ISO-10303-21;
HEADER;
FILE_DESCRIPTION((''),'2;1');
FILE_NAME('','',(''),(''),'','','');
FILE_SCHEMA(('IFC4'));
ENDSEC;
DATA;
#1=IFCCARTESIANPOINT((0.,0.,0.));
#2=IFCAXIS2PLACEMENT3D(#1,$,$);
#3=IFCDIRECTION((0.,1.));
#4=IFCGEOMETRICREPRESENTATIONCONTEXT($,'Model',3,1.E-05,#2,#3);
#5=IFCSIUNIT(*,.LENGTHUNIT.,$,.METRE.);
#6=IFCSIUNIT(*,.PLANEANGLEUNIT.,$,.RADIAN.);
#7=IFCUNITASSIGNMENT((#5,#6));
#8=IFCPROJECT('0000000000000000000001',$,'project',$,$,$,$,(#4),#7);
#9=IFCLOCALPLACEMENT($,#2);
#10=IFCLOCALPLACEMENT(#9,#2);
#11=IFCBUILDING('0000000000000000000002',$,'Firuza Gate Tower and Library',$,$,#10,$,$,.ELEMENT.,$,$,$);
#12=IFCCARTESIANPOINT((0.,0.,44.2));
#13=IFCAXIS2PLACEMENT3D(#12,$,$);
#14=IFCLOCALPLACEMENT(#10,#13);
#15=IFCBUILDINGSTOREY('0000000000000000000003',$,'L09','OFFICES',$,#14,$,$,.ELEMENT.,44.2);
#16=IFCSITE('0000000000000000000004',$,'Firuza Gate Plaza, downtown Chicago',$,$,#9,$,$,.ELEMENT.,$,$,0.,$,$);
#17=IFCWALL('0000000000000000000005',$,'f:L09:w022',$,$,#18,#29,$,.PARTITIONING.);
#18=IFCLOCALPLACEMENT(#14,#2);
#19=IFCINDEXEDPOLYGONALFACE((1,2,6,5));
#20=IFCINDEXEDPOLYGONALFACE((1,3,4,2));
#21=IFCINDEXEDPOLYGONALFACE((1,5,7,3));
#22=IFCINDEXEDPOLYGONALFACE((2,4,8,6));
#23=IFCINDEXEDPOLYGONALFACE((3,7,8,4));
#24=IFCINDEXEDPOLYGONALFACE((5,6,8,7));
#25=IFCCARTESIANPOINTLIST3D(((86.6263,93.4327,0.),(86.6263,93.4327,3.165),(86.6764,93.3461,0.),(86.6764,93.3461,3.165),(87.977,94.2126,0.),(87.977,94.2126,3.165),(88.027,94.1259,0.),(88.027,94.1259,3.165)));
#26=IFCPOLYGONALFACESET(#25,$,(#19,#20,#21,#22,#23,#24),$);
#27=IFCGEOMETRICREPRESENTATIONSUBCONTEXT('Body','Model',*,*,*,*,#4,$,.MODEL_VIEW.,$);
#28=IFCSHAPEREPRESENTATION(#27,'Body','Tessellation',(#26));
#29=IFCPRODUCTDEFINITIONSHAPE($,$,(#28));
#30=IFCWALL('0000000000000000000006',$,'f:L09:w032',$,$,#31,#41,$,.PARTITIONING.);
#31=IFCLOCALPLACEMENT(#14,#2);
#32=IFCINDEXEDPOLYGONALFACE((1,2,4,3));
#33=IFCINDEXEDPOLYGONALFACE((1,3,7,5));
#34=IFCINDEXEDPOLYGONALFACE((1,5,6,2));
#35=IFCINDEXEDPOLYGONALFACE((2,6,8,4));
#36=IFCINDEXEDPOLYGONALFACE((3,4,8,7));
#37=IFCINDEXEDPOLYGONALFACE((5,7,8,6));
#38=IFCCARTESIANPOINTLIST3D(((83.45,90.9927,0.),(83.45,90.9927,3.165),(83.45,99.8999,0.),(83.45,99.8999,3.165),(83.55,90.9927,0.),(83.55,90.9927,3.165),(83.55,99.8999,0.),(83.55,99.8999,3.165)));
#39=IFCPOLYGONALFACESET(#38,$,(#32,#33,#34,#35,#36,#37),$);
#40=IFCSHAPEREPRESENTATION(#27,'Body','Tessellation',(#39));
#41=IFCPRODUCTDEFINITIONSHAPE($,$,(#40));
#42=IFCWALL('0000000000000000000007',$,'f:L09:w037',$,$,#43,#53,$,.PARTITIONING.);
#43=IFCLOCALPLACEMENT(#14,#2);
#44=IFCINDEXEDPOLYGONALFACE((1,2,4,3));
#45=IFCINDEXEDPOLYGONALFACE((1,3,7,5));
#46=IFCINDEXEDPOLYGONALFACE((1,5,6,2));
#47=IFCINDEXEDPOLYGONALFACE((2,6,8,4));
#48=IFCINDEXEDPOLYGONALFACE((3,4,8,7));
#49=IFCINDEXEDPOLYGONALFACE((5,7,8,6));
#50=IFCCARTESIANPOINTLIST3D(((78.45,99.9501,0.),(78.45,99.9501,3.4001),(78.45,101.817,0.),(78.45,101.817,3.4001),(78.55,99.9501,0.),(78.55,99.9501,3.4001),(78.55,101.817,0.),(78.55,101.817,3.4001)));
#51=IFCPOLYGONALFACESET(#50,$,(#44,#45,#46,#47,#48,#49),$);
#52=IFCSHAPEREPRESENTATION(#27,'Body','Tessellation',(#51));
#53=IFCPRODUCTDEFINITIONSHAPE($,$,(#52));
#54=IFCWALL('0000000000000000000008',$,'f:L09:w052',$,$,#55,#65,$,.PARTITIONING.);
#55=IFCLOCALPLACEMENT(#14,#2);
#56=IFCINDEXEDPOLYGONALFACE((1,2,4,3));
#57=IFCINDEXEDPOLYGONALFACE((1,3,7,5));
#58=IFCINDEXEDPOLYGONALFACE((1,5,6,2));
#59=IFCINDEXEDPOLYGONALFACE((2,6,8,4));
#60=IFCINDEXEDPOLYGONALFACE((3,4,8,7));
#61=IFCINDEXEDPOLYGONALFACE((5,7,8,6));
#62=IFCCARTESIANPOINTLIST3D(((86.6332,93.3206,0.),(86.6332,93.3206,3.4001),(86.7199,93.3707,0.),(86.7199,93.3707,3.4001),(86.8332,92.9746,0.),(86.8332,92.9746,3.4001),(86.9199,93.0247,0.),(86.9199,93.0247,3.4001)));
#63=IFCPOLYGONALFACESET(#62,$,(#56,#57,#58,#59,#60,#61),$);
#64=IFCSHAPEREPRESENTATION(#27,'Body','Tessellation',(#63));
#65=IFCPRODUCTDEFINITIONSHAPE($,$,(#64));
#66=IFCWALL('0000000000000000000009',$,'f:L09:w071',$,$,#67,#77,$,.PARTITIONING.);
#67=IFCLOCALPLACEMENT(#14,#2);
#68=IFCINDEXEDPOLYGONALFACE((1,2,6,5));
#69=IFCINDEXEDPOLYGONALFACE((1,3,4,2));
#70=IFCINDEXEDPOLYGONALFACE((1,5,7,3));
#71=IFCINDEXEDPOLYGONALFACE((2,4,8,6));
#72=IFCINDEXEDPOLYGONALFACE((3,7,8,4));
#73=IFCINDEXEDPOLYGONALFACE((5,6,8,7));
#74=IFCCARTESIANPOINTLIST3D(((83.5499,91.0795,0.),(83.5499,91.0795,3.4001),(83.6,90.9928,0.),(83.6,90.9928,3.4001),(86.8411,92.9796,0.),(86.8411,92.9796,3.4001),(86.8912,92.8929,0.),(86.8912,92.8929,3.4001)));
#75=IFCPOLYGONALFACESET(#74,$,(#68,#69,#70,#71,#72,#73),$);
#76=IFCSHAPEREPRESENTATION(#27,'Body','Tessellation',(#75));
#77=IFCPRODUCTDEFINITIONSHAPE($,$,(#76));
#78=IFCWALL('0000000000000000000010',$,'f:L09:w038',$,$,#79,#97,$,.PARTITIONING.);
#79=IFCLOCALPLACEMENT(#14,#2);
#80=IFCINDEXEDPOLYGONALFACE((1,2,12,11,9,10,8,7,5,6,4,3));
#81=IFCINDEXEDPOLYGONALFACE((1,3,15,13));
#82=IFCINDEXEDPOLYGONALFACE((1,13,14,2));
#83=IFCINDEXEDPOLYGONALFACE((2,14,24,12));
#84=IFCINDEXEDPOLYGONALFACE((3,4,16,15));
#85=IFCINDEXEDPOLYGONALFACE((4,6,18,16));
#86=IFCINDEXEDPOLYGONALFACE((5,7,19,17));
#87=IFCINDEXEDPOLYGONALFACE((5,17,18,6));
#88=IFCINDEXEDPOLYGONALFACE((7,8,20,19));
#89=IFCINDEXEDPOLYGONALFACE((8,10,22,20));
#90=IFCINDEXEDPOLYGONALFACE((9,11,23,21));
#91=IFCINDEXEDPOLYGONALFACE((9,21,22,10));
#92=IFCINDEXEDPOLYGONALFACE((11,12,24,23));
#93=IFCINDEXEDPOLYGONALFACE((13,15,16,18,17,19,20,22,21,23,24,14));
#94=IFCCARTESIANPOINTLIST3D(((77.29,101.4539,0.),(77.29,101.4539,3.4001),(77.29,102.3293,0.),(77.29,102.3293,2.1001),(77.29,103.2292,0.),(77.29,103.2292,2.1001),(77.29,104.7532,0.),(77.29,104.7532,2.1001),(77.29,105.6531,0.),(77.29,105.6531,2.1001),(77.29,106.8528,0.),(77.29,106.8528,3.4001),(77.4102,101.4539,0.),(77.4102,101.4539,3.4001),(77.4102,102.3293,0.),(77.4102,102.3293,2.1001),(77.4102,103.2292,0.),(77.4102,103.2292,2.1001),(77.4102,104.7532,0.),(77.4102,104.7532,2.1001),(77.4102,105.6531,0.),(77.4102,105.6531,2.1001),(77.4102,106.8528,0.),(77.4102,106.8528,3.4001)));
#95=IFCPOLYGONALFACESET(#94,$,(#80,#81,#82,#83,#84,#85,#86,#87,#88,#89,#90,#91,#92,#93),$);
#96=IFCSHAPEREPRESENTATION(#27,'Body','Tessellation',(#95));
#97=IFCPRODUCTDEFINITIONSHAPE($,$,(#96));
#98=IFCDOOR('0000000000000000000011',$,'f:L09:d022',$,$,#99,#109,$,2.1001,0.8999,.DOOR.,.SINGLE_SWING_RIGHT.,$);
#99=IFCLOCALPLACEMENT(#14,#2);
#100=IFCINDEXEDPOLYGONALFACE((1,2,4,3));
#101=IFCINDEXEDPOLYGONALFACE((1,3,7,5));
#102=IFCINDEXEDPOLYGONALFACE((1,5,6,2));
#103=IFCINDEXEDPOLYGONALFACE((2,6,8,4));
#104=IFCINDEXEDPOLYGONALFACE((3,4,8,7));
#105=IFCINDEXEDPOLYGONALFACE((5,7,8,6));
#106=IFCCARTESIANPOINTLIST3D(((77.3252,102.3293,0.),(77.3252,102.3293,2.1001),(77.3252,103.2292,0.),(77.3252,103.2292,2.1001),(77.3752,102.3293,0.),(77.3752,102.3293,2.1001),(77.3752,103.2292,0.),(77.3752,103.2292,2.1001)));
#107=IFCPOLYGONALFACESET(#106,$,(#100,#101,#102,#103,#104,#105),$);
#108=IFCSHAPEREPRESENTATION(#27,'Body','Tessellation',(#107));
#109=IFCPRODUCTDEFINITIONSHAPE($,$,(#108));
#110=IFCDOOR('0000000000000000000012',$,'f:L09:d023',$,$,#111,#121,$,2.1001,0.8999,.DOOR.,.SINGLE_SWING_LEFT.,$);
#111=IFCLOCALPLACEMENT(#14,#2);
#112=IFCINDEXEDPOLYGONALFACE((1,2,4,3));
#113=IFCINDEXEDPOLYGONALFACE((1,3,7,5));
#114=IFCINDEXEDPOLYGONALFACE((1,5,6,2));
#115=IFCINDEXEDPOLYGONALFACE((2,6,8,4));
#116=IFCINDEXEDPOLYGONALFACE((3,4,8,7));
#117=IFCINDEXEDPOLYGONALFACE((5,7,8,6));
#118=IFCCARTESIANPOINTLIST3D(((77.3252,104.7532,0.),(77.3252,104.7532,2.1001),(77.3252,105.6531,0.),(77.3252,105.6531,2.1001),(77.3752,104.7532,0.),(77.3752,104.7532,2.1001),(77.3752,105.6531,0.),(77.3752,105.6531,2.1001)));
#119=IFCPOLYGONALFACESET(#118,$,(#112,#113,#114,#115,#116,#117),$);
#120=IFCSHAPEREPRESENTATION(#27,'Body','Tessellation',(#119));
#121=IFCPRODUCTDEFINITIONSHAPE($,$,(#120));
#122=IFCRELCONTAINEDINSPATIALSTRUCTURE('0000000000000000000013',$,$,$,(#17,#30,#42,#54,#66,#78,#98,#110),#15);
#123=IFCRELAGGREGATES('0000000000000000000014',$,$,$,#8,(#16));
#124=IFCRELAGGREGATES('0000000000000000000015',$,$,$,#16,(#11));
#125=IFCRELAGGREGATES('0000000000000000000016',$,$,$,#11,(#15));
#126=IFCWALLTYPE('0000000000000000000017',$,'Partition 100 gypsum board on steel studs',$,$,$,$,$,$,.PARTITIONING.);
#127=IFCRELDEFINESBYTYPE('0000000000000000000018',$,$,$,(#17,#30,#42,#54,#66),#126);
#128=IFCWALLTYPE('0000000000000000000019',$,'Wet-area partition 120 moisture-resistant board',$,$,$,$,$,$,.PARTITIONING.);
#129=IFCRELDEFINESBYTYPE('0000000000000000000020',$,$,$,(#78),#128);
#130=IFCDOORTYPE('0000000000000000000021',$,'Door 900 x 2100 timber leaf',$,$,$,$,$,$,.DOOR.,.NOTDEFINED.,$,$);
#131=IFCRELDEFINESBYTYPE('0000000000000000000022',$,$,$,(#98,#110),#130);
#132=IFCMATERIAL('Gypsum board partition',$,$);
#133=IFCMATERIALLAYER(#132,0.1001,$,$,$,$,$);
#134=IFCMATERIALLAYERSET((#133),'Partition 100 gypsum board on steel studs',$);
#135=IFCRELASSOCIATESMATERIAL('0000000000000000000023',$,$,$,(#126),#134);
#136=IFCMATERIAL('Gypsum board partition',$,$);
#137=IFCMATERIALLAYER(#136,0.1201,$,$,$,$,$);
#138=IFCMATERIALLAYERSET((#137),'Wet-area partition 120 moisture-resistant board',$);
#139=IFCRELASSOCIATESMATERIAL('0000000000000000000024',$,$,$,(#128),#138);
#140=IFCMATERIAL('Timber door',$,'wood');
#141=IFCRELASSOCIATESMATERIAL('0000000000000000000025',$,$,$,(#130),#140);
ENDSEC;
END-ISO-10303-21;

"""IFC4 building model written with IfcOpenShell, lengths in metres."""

from ifc_helpers import new_model, si_unit, direction, frame, frame_2d, origin, place, context, subcontext, project, spatial, rectangle, extrude, material, layer, layer_set, type_object, element, fill, save


model = new_model("IFC4")

# Units and contexts
model_context = context("Model", 3, precision=1e-05, world=origin(), true_north=direction((0.0, 1.0)))
body_context = subcontext(model_context, "Body", "Model", "MODEL_VIEW")
ifc_project = project(units=[si_unit("LENGTHUNIT", "METRE"), si_unit("PLANEANGLEUNIT", "RADIAN")], contexts=[model_context])

# Site, building, storey
site_placement = place(None, origin())
site = spatial("IfcSite", under=ifc_project, at=site_placement, Name="Firuza Gate Plaza, downtown Chicago", CompositionType="ELEMENT", RefElevation=0.0)
building_placement = place(site_placement, origin())
building = spatial("IfcBuilding", under=site, at=building_placement, Name="Firuza Gate Tower and Library", CompositionType="ELEMENT")
storey_placement = place(building_placement, frame((0.0, 0.0, 44.2)))
storey = spatial("IfcBuildingStorey", under=building, at=storey_placement, Name="L09", Description="OFFICES", CompositionType="ELEMENT", Elevation=44.2)

# Shared definitions
ifc_material_1 = material(Name="Gypsum board partition")
ifc_layer_1 = layer(ifc_material_1, 0.1001)
ifc_layer_set_1 = layer_set([ifc_layer_1], Name="Partition 100 gypsum board on steel studs")
wall_type_1 = type_object("IfcWallType", Name="Partition 100 gypsum board on steel studs", PredefinedType="PARTITIONING", material=ifc_layer_set_1)

# Walls
wall_1_placement = place(storey_placement, frame((86.6514, 93.3894, 0.0), z_axis=(0.0, 0.0, 1.0), x_axis=(0.866019, 0.500012, 0.0)))
element("IfcWall", 1, at=wall_1_placement, inside=storey, type_object=wall_type_1, Name="f:L09:w022", PredefinedType="PARTITIONING", context=body_context, shape_type="SweptSolid", body=[
    extrude(rectangle(XDim=1.5596, YDim=0.1001, at=frame_2d((0.7798, 0.0))), origin(), (0.0, 0.0, 1.0), 3.165),
])
wall_2_placement = place(storey_placement, frame((83.5, 90.9927, 0.0), z_axis=(0.0, 0.0, 1.0), x_axis=(0.0, 1.0, 0.0)))
element("IfcWall", 2, at=wall_2_placement, inside=storey, type_object=wall_type_1, Name="f:L09:w032", PredefinedType="PARTITIONING", context=body_context, shape_type="SweptSolid", body=[
    extrude(rectangle(XDim=8.9072, YDim=0.1001, at=frame_2d((4.4536, 0.0))), origin(), (0.0, 0.0, 1.0), 3.165),
])
wall_3_placement = place(storey_placement, frame((78.5, 99.95, 0.0), z_axis=(0.0, 0.0, 1.0), x_axis=(0.0, 1.0, 0.0)))
element("IfcWall", 3, at=wall_3_placement, inside=storey, type_object=wall_type_1, Name="f:L09:w037", PredefinedType="PARTITIONING", context=body_context, shape_type="SweptSolid", body=[
    extrude(rectangle(XDim=1.8669, YDim=0.1001, at=frame_2d((0.9336, 0.0))), origin(), (0.0, 0.0, 1.0), 3.4001),
])
wall_4_placement = place(storey_placement, frame((86.8765, 92.9998, 0.0), z_axis=(0.0, 0.0, 1.0), x_axis=(-0.50041, 0.865789, 0.0)))
element("IfcWall", 4, at=wall_4_placement, inside=storey, type_object=wall_type_1, Name="f:L09:w052", PredefinedType="PARTITIONING", context=body_context, shape_type="SweptSolid", body=[
    extrude(rectangle(XDim=0.3997, YDim=0.1001, at=frame_2d((0.1997, 0.0))), origin(), (0.0, 0.0, 1.0), 3.4001),
])
wall_5_placement = place(storey_placement, frame((83.575, 91.0361, 0.0), z_axis=(0.0, 0.0, 1.0), x_axis=(0.866033, 0.499988, 0.0)))
element("IfcWall", 5, at=wall_5_placement, inside=storey, type_object=wall_type_1, Name="f:L09:w071", PredefinedType="PARTITIONING", context=body_context, shape_type="SweptSolid", body=[
    extrude(rectangle(XDim=3.8003, YDim=0.1001, at=frame_2d((1.9001, 0.0))), origin(), (0.0, 0.0, 1.0), 3.4001),
])

# Wall, openings, doors
ifc_material_2 = material(Name="Gypsum board partition")
ifc_layer_2 = layer(ifc_material_2, 0.1201)
ifc_layer_set_2 = layer_set([ifc_layer_2], Name="Wet-area partition 120 moisture-resistant board")
wall_type_2 = type_object("IfcWallType", Name="Wet-area partition 120 moisture-resistant board", PredefinedType="PARTITIONING", material=ifc_layer_set_2)
wall_6_placement = place(storey_placement, frame((77.3501, 101.4539, 0.0), z_axis=(0.0, 0.0, 1.0), x_axis=(0.0, 1.0, 0.0)))
wall_6 = element("IfcWall", 6, at=wall_6_placement, inside=storey, type_object=wall_type_2, Name="f:L09:w038", PredefinedType="PARTITIONING", context=body_context, shape_type="SweptSolid", body=[
    extrude(rectangle(XDim=5.3989, YDim=0.1201, at=frame_2d((2.6995, 0.0))), origin(), (0.0, 0.0, 1.0), 3.4001),
])
opening_1_placement = place(wall_6_placement, frame((0.8755, 0.0, 0.0)))
opening_1 = element("IfcOpeningElement", 7, at=opening_1_placement, cuts=wall_6, PredefinedType="OPENING", context=body_context, shape_type="SweptSolid", body=[
    extrude(rectangle(XDim=0.8999, YDim=2.1001, at=frame_2d((0.45, 1.05))), frame((0.0, 0.0701, 0.0), z_axis=(0.0, -1.0, 0.0), x_axis=(1.0, 0.0, 0.0)), (0.0, 0.0, 1.0), 0.1401),
])
opening_2_placement = place(wall_6_placement, frame((3.2993, 0.0, 0.0)))
opening_2 = element("IfcOpeningElement", 8, at=opening_2_placement, cuts=wall_6, PredefinedType="OPENING", context=body_context, shape_type="SweptSolid", body=[
    extrude(rectangle(XDim=0.8999, YDim=2.1001, at=frame_2d((0.45, 1.05))), frame((0.0, 0.0701, 0.0), z_axis=(0.0, -1.0, 0.0), x_axis=(1.0, 0.0, 0.0)), (0.0, 0.0, 1.0), 0.1401),
])
ifc_material_3 = material(Name="Timber door", Category="wood")
door_type_1 = type_object("IfcDoorType", Name="Door 900 x 2100 timber leaf", OperationType="NOTDEFINED", PredefinedType="DOOR", material=ifc_material_3)
door_1_placement = place(opening_1_placement, origin())
door_1 = element("IfcDoor", 9, at=door_1_placement, inside=storey, type_object=door_type_1, Name="f:L09:d022", OperationType="SINGLE_SWING_RIGHT", OverallHeight=2.1001, OverallWidth=0.8999, PredefinedType="DOOR", context=body_context, shape_type="SweptSolid", body=[
    extrude(rectangle(XDim=0.8999, YDim=2.1001, at=frame_2d((0.45, 1.05))), frame((0.0, 0.0249, 0.0), z_axis=(0.0, -1.0, 0.0), x_axis=(1.0, 0.0, 0.0)), (0.0, 0.0, 1.0), 0.05),
])
fill(opening_1, door_1)
door_2_placement = place(opening_2_placement, origin())
door_2 = element("IfcDoor", 10, at=door_2_placement, inside=storey, type_object=door_type_1, Name="f:L09:d023", OperationType="SINGLE_SWING_LEFT", OverallHeight=2.1001, OverallWidth=0.8999, PredefinedType="DOOR", context=body_context, shape_type="SweptSolid", body=[
    extrude(rectangle(XDim=0.8999, YDim=2.1001, at=frame_2d((0.45, 1.05))), frame((0.0, 0.0249, 0.0), z_axis=(0.0, -1.0, 0.0), x_axis=(1.0, 0.0, 0.0)), (0.0, 0.0, 1.0), 0.05),
])
fill(opening_2, door_2)

save(model, "model.ifc")
